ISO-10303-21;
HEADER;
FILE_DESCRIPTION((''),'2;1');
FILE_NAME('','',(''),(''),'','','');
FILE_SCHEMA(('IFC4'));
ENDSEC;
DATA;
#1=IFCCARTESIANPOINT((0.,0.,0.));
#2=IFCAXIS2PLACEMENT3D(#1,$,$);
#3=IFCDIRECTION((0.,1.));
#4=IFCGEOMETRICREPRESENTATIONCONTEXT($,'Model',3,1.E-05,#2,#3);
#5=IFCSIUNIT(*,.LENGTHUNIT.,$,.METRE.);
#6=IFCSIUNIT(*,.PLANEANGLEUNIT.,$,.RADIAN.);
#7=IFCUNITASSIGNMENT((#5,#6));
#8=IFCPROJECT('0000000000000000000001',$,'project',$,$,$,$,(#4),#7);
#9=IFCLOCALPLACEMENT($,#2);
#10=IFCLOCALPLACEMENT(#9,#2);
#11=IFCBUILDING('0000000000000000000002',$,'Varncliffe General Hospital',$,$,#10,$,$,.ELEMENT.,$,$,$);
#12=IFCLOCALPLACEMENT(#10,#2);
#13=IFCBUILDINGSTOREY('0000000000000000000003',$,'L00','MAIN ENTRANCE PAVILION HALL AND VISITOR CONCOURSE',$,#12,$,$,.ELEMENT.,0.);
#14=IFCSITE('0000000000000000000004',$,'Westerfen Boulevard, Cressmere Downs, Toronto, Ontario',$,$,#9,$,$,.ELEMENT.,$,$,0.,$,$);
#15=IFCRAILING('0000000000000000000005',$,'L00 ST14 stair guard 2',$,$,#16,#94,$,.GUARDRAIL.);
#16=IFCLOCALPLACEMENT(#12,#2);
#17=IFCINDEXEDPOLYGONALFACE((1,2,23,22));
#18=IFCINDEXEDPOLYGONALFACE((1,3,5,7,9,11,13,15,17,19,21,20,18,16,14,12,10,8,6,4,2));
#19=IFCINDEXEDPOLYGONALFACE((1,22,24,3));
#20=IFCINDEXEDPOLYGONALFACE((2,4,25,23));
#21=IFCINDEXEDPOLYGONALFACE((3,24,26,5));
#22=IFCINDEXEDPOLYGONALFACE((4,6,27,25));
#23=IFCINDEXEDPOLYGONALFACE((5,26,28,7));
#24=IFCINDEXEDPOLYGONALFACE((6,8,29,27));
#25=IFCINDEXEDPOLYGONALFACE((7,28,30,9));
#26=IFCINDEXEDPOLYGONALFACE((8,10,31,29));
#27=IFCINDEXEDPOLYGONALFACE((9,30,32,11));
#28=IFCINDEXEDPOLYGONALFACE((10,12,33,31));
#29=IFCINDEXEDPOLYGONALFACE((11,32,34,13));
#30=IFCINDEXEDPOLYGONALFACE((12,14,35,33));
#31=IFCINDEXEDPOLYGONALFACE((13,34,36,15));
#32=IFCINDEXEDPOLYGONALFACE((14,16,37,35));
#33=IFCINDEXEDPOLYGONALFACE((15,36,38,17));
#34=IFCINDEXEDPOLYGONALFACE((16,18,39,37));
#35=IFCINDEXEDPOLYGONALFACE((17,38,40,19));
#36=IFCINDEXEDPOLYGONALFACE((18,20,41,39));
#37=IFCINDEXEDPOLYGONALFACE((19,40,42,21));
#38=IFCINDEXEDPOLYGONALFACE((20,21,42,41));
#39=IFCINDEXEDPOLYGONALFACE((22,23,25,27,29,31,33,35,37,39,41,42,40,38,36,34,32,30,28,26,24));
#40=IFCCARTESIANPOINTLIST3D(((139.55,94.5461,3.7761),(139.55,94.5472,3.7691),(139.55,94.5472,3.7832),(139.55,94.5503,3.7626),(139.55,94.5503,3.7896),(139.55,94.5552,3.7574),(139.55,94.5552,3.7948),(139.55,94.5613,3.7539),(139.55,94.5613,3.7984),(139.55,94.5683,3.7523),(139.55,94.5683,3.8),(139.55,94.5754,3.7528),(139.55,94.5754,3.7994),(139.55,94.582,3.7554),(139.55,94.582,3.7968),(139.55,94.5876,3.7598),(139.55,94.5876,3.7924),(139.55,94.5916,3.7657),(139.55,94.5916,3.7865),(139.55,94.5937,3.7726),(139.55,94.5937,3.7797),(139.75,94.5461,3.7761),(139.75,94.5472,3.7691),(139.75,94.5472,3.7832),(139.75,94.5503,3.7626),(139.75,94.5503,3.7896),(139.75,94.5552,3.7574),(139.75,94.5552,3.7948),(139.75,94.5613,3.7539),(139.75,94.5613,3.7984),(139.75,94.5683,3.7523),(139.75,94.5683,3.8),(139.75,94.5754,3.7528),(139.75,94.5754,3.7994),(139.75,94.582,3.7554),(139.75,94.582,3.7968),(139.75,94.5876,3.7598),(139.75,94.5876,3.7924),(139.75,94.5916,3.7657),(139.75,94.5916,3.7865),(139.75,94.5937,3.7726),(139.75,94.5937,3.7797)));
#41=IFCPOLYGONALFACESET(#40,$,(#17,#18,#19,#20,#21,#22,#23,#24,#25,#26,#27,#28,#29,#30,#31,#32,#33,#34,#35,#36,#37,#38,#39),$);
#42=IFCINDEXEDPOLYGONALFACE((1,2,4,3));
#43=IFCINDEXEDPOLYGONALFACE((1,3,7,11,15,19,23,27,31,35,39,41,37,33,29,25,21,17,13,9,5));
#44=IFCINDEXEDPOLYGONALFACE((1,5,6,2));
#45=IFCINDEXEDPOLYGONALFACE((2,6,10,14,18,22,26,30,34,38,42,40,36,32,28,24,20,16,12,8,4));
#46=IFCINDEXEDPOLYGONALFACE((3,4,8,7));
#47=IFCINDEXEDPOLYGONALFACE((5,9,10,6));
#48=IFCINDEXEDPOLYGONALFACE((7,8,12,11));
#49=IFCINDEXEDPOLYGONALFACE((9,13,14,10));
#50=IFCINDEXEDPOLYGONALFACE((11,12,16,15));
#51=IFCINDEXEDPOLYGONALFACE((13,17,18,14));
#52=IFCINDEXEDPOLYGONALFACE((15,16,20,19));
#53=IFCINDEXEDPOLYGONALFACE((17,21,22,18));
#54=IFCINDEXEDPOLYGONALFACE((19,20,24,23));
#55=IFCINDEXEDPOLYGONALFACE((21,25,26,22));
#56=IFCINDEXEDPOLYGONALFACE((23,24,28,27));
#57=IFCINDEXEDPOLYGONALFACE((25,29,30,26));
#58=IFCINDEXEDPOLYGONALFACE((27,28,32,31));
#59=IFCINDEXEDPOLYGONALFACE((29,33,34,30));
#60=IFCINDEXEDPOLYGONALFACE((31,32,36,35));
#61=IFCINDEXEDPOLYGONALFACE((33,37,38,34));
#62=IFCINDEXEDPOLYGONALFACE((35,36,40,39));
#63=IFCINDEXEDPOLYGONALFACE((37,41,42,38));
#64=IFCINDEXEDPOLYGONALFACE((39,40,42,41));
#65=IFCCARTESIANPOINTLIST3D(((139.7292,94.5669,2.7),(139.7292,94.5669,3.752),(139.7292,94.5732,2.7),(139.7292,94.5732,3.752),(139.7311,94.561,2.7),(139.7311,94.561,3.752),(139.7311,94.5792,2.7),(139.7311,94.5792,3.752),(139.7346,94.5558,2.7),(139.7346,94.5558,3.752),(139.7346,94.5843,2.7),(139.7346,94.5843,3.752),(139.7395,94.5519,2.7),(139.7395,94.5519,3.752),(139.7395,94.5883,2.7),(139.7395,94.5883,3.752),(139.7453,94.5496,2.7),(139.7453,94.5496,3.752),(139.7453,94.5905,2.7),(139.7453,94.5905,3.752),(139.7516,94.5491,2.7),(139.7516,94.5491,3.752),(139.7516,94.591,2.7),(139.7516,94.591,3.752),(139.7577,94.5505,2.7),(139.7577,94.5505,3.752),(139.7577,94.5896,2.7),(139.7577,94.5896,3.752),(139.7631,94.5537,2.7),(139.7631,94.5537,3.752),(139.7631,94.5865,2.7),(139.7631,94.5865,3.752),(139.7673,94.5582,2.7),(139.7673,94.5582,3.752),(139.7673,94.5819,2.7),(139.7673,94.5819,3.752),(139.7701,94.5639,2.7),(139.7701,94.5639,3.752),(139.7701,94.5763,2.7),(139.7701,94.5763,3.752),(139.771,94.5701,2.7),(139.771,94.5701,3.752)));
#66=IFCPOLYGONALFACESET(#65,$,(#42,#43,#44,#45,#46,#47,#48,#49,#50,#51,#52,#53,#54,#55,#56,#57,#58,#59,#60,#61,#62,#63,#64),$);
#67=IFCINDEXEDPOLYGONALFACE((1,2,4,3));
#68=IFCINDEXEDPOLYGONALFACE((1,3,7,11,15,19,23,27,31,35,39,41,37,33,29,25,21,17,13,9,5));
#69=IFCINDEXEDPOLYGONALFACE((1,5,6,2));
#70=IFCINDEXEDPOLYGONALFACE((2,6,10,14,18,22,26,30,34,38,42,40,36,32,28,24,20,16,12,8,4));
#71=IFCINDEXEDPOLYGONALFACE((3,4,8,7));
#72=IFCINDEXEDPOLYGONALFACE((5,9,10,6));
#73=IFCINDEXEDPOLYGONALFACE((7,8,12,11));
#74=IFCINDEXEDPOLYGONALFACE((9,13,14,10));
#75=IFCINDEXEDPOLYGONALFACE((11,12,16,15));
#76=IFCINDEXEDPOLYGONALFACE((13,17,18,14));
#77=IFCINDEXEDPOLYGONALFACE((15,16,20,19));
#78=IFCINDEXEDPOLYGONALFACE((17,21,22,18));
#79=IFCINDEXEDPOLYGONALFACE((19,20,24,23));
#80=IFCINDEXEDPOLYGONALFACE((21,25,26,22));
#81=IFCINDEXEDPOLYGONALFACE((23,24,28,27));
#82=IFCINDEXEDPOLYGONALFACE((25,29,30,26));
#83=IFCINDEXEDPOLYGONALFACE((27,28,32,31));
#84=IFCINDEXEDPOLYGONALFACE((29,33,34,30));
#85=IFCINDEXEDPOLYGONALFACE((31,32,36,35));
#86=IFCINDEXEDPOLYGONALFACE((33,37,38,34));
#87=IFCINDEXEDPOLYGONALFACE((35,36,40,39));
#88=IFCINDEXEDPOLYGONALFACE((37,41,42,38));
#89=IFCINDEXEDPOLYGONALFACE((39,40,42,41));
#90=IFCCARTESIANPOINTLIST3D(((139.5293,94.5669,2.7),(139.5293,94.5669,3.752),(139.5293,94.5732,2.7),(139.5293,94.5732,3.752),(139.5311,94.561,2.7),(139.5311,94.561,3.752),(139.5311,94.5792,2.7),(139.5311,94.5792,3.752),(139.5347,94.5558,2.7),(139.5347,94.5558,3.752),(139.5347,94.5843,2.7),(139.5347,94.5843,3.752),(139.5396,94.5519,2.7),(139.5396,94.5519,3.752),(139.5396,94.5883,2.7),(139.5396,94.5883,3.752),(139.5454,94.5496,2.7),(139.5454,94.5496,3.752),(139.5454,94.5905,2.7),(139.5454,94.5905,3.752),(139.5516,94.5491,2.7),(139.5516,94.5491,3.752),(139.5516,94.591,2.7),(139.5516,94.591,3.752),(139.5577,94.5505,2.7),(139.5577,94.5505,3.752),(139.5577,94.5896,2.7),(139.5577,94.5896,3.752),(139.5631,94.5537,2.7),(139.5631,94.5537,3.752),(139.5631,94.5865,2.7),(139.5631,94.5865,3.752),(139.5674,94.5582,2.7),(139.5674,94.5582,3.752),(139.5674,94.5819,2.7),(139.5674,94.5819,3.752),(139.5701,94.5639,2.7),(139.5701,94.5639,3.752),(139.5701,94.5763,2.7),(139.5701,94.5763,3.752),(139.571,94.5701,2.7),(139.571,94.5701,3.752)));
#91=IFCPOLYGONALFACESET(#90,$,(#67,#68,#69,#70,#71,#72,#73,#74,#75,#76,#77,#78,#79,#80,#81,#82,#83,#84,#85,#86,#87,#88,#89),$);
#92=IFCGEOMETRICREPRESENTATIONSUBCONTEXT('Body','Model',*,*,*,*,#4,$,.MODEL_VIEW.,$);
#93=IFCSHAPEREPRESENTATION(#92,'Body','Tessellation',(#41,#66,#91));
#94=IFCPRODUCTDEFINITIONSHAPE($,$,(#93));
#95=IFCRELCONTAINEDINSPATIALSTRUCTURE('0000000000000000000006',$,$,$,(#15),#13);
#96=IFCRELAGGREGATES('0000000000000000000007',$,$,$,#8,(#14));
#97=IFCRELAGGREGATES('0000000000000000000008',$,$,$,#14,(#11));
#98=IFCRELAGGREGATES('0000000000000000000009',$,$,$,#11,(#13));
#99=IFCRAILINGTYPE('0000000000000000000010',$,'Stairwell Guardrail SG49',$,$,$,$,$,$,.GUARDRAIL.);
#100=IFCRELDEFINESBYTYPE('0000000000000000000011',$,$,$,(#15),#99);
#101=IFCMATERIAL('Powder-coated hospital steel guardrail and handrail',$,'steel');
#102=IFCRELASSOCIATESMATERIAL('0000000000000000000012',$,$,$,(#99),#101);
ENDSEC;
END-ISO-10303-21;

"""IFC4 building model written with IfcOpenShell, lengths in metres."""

from ifc_helpers import new_model, si_unit, direction, frame, origin, origin_2d, place, context, subcontext, project, spatial, circle, extrude, material, type_object, element, save


model = new_model("IFC4")

# Units and contexts
model_context = context("Model", 3, precision=1e-05, world=origin(), true_north=direction((0.0, 1.0)))
body_context = subcontext(model_context, "Body", "Model", "MODEL_VIEW")
ifc_project = project(units=[si_unit("LENGTHUNIT", "METRE"), si_unit("PLANEANGLEUNIT", "RADIAN")], contexts=[model_context])

# Site, building, storey
site_placement = place(None, origin())
site = spatial("IfcSite", under=ifc_project, at=site_placement, Name="Westerfen Boulevard, Cressmere Downs, Toronto, Ontario", CompositionType="ELEMENT", RefElevation=0.0)
building_placement = place(site_placement, origin())
building = spatial("IfcBuilding", under=site, at=building_placement, Name="Varncliffe General Hospital", CompositionType="ELEMENT")
storey_placement = place(building_placement, origin())
storey = spatial("IfcBuildingStorey", under=building, at=storey_placement, Name="L00", Description="MAIN ENTRANCE PAVILION HALL AND VISITOR CONCOURSE", CompositionType="ELEMENT", Elevation=0.0)

# Railing
ifc_material_1 = material(Name="Powder-coated hospital steel guardrail and handrail", Category="steel")
railing_type_1 = type_object("IfcRailingType", Name="Stairwell Guardrail SG49", PredefinedType="GUARDRAIL", material=ifc_material_1)
railing_1_placement = place(storey_placement, frame((139.75, 94.5701, 2.7)))
element("IfcRailing", 1, at=railing_1_placement, inside=storey, type_object=railing_type_1, Name="L00 ST14 stair guard 2", PredefinedType="GUARDRAIL", context=body_context, shape_type="SweptSolid", body=[
    extrude(circle(Radius=0.0239, at=origin_2d()), frame((0.0, 0.0, 1.0762), z_axis=(-1.0, 0.0, 0.0), x_axis=(0.0, -1.0, 0.0)), (0.0, 0.0, 1.0), 0.2),
    extrude(circle(Radius=0.021, at=origin_2d()), origin(), (0.0, 0.0, 1.0), 1.052),
    extrude(circle(Radius=0.021, at=origin_2d()), frame((-0.2, 0.0, 0.0)), (0.0, 0.0, 1.0), 1.052),
])

save(model, "model.ifc")
